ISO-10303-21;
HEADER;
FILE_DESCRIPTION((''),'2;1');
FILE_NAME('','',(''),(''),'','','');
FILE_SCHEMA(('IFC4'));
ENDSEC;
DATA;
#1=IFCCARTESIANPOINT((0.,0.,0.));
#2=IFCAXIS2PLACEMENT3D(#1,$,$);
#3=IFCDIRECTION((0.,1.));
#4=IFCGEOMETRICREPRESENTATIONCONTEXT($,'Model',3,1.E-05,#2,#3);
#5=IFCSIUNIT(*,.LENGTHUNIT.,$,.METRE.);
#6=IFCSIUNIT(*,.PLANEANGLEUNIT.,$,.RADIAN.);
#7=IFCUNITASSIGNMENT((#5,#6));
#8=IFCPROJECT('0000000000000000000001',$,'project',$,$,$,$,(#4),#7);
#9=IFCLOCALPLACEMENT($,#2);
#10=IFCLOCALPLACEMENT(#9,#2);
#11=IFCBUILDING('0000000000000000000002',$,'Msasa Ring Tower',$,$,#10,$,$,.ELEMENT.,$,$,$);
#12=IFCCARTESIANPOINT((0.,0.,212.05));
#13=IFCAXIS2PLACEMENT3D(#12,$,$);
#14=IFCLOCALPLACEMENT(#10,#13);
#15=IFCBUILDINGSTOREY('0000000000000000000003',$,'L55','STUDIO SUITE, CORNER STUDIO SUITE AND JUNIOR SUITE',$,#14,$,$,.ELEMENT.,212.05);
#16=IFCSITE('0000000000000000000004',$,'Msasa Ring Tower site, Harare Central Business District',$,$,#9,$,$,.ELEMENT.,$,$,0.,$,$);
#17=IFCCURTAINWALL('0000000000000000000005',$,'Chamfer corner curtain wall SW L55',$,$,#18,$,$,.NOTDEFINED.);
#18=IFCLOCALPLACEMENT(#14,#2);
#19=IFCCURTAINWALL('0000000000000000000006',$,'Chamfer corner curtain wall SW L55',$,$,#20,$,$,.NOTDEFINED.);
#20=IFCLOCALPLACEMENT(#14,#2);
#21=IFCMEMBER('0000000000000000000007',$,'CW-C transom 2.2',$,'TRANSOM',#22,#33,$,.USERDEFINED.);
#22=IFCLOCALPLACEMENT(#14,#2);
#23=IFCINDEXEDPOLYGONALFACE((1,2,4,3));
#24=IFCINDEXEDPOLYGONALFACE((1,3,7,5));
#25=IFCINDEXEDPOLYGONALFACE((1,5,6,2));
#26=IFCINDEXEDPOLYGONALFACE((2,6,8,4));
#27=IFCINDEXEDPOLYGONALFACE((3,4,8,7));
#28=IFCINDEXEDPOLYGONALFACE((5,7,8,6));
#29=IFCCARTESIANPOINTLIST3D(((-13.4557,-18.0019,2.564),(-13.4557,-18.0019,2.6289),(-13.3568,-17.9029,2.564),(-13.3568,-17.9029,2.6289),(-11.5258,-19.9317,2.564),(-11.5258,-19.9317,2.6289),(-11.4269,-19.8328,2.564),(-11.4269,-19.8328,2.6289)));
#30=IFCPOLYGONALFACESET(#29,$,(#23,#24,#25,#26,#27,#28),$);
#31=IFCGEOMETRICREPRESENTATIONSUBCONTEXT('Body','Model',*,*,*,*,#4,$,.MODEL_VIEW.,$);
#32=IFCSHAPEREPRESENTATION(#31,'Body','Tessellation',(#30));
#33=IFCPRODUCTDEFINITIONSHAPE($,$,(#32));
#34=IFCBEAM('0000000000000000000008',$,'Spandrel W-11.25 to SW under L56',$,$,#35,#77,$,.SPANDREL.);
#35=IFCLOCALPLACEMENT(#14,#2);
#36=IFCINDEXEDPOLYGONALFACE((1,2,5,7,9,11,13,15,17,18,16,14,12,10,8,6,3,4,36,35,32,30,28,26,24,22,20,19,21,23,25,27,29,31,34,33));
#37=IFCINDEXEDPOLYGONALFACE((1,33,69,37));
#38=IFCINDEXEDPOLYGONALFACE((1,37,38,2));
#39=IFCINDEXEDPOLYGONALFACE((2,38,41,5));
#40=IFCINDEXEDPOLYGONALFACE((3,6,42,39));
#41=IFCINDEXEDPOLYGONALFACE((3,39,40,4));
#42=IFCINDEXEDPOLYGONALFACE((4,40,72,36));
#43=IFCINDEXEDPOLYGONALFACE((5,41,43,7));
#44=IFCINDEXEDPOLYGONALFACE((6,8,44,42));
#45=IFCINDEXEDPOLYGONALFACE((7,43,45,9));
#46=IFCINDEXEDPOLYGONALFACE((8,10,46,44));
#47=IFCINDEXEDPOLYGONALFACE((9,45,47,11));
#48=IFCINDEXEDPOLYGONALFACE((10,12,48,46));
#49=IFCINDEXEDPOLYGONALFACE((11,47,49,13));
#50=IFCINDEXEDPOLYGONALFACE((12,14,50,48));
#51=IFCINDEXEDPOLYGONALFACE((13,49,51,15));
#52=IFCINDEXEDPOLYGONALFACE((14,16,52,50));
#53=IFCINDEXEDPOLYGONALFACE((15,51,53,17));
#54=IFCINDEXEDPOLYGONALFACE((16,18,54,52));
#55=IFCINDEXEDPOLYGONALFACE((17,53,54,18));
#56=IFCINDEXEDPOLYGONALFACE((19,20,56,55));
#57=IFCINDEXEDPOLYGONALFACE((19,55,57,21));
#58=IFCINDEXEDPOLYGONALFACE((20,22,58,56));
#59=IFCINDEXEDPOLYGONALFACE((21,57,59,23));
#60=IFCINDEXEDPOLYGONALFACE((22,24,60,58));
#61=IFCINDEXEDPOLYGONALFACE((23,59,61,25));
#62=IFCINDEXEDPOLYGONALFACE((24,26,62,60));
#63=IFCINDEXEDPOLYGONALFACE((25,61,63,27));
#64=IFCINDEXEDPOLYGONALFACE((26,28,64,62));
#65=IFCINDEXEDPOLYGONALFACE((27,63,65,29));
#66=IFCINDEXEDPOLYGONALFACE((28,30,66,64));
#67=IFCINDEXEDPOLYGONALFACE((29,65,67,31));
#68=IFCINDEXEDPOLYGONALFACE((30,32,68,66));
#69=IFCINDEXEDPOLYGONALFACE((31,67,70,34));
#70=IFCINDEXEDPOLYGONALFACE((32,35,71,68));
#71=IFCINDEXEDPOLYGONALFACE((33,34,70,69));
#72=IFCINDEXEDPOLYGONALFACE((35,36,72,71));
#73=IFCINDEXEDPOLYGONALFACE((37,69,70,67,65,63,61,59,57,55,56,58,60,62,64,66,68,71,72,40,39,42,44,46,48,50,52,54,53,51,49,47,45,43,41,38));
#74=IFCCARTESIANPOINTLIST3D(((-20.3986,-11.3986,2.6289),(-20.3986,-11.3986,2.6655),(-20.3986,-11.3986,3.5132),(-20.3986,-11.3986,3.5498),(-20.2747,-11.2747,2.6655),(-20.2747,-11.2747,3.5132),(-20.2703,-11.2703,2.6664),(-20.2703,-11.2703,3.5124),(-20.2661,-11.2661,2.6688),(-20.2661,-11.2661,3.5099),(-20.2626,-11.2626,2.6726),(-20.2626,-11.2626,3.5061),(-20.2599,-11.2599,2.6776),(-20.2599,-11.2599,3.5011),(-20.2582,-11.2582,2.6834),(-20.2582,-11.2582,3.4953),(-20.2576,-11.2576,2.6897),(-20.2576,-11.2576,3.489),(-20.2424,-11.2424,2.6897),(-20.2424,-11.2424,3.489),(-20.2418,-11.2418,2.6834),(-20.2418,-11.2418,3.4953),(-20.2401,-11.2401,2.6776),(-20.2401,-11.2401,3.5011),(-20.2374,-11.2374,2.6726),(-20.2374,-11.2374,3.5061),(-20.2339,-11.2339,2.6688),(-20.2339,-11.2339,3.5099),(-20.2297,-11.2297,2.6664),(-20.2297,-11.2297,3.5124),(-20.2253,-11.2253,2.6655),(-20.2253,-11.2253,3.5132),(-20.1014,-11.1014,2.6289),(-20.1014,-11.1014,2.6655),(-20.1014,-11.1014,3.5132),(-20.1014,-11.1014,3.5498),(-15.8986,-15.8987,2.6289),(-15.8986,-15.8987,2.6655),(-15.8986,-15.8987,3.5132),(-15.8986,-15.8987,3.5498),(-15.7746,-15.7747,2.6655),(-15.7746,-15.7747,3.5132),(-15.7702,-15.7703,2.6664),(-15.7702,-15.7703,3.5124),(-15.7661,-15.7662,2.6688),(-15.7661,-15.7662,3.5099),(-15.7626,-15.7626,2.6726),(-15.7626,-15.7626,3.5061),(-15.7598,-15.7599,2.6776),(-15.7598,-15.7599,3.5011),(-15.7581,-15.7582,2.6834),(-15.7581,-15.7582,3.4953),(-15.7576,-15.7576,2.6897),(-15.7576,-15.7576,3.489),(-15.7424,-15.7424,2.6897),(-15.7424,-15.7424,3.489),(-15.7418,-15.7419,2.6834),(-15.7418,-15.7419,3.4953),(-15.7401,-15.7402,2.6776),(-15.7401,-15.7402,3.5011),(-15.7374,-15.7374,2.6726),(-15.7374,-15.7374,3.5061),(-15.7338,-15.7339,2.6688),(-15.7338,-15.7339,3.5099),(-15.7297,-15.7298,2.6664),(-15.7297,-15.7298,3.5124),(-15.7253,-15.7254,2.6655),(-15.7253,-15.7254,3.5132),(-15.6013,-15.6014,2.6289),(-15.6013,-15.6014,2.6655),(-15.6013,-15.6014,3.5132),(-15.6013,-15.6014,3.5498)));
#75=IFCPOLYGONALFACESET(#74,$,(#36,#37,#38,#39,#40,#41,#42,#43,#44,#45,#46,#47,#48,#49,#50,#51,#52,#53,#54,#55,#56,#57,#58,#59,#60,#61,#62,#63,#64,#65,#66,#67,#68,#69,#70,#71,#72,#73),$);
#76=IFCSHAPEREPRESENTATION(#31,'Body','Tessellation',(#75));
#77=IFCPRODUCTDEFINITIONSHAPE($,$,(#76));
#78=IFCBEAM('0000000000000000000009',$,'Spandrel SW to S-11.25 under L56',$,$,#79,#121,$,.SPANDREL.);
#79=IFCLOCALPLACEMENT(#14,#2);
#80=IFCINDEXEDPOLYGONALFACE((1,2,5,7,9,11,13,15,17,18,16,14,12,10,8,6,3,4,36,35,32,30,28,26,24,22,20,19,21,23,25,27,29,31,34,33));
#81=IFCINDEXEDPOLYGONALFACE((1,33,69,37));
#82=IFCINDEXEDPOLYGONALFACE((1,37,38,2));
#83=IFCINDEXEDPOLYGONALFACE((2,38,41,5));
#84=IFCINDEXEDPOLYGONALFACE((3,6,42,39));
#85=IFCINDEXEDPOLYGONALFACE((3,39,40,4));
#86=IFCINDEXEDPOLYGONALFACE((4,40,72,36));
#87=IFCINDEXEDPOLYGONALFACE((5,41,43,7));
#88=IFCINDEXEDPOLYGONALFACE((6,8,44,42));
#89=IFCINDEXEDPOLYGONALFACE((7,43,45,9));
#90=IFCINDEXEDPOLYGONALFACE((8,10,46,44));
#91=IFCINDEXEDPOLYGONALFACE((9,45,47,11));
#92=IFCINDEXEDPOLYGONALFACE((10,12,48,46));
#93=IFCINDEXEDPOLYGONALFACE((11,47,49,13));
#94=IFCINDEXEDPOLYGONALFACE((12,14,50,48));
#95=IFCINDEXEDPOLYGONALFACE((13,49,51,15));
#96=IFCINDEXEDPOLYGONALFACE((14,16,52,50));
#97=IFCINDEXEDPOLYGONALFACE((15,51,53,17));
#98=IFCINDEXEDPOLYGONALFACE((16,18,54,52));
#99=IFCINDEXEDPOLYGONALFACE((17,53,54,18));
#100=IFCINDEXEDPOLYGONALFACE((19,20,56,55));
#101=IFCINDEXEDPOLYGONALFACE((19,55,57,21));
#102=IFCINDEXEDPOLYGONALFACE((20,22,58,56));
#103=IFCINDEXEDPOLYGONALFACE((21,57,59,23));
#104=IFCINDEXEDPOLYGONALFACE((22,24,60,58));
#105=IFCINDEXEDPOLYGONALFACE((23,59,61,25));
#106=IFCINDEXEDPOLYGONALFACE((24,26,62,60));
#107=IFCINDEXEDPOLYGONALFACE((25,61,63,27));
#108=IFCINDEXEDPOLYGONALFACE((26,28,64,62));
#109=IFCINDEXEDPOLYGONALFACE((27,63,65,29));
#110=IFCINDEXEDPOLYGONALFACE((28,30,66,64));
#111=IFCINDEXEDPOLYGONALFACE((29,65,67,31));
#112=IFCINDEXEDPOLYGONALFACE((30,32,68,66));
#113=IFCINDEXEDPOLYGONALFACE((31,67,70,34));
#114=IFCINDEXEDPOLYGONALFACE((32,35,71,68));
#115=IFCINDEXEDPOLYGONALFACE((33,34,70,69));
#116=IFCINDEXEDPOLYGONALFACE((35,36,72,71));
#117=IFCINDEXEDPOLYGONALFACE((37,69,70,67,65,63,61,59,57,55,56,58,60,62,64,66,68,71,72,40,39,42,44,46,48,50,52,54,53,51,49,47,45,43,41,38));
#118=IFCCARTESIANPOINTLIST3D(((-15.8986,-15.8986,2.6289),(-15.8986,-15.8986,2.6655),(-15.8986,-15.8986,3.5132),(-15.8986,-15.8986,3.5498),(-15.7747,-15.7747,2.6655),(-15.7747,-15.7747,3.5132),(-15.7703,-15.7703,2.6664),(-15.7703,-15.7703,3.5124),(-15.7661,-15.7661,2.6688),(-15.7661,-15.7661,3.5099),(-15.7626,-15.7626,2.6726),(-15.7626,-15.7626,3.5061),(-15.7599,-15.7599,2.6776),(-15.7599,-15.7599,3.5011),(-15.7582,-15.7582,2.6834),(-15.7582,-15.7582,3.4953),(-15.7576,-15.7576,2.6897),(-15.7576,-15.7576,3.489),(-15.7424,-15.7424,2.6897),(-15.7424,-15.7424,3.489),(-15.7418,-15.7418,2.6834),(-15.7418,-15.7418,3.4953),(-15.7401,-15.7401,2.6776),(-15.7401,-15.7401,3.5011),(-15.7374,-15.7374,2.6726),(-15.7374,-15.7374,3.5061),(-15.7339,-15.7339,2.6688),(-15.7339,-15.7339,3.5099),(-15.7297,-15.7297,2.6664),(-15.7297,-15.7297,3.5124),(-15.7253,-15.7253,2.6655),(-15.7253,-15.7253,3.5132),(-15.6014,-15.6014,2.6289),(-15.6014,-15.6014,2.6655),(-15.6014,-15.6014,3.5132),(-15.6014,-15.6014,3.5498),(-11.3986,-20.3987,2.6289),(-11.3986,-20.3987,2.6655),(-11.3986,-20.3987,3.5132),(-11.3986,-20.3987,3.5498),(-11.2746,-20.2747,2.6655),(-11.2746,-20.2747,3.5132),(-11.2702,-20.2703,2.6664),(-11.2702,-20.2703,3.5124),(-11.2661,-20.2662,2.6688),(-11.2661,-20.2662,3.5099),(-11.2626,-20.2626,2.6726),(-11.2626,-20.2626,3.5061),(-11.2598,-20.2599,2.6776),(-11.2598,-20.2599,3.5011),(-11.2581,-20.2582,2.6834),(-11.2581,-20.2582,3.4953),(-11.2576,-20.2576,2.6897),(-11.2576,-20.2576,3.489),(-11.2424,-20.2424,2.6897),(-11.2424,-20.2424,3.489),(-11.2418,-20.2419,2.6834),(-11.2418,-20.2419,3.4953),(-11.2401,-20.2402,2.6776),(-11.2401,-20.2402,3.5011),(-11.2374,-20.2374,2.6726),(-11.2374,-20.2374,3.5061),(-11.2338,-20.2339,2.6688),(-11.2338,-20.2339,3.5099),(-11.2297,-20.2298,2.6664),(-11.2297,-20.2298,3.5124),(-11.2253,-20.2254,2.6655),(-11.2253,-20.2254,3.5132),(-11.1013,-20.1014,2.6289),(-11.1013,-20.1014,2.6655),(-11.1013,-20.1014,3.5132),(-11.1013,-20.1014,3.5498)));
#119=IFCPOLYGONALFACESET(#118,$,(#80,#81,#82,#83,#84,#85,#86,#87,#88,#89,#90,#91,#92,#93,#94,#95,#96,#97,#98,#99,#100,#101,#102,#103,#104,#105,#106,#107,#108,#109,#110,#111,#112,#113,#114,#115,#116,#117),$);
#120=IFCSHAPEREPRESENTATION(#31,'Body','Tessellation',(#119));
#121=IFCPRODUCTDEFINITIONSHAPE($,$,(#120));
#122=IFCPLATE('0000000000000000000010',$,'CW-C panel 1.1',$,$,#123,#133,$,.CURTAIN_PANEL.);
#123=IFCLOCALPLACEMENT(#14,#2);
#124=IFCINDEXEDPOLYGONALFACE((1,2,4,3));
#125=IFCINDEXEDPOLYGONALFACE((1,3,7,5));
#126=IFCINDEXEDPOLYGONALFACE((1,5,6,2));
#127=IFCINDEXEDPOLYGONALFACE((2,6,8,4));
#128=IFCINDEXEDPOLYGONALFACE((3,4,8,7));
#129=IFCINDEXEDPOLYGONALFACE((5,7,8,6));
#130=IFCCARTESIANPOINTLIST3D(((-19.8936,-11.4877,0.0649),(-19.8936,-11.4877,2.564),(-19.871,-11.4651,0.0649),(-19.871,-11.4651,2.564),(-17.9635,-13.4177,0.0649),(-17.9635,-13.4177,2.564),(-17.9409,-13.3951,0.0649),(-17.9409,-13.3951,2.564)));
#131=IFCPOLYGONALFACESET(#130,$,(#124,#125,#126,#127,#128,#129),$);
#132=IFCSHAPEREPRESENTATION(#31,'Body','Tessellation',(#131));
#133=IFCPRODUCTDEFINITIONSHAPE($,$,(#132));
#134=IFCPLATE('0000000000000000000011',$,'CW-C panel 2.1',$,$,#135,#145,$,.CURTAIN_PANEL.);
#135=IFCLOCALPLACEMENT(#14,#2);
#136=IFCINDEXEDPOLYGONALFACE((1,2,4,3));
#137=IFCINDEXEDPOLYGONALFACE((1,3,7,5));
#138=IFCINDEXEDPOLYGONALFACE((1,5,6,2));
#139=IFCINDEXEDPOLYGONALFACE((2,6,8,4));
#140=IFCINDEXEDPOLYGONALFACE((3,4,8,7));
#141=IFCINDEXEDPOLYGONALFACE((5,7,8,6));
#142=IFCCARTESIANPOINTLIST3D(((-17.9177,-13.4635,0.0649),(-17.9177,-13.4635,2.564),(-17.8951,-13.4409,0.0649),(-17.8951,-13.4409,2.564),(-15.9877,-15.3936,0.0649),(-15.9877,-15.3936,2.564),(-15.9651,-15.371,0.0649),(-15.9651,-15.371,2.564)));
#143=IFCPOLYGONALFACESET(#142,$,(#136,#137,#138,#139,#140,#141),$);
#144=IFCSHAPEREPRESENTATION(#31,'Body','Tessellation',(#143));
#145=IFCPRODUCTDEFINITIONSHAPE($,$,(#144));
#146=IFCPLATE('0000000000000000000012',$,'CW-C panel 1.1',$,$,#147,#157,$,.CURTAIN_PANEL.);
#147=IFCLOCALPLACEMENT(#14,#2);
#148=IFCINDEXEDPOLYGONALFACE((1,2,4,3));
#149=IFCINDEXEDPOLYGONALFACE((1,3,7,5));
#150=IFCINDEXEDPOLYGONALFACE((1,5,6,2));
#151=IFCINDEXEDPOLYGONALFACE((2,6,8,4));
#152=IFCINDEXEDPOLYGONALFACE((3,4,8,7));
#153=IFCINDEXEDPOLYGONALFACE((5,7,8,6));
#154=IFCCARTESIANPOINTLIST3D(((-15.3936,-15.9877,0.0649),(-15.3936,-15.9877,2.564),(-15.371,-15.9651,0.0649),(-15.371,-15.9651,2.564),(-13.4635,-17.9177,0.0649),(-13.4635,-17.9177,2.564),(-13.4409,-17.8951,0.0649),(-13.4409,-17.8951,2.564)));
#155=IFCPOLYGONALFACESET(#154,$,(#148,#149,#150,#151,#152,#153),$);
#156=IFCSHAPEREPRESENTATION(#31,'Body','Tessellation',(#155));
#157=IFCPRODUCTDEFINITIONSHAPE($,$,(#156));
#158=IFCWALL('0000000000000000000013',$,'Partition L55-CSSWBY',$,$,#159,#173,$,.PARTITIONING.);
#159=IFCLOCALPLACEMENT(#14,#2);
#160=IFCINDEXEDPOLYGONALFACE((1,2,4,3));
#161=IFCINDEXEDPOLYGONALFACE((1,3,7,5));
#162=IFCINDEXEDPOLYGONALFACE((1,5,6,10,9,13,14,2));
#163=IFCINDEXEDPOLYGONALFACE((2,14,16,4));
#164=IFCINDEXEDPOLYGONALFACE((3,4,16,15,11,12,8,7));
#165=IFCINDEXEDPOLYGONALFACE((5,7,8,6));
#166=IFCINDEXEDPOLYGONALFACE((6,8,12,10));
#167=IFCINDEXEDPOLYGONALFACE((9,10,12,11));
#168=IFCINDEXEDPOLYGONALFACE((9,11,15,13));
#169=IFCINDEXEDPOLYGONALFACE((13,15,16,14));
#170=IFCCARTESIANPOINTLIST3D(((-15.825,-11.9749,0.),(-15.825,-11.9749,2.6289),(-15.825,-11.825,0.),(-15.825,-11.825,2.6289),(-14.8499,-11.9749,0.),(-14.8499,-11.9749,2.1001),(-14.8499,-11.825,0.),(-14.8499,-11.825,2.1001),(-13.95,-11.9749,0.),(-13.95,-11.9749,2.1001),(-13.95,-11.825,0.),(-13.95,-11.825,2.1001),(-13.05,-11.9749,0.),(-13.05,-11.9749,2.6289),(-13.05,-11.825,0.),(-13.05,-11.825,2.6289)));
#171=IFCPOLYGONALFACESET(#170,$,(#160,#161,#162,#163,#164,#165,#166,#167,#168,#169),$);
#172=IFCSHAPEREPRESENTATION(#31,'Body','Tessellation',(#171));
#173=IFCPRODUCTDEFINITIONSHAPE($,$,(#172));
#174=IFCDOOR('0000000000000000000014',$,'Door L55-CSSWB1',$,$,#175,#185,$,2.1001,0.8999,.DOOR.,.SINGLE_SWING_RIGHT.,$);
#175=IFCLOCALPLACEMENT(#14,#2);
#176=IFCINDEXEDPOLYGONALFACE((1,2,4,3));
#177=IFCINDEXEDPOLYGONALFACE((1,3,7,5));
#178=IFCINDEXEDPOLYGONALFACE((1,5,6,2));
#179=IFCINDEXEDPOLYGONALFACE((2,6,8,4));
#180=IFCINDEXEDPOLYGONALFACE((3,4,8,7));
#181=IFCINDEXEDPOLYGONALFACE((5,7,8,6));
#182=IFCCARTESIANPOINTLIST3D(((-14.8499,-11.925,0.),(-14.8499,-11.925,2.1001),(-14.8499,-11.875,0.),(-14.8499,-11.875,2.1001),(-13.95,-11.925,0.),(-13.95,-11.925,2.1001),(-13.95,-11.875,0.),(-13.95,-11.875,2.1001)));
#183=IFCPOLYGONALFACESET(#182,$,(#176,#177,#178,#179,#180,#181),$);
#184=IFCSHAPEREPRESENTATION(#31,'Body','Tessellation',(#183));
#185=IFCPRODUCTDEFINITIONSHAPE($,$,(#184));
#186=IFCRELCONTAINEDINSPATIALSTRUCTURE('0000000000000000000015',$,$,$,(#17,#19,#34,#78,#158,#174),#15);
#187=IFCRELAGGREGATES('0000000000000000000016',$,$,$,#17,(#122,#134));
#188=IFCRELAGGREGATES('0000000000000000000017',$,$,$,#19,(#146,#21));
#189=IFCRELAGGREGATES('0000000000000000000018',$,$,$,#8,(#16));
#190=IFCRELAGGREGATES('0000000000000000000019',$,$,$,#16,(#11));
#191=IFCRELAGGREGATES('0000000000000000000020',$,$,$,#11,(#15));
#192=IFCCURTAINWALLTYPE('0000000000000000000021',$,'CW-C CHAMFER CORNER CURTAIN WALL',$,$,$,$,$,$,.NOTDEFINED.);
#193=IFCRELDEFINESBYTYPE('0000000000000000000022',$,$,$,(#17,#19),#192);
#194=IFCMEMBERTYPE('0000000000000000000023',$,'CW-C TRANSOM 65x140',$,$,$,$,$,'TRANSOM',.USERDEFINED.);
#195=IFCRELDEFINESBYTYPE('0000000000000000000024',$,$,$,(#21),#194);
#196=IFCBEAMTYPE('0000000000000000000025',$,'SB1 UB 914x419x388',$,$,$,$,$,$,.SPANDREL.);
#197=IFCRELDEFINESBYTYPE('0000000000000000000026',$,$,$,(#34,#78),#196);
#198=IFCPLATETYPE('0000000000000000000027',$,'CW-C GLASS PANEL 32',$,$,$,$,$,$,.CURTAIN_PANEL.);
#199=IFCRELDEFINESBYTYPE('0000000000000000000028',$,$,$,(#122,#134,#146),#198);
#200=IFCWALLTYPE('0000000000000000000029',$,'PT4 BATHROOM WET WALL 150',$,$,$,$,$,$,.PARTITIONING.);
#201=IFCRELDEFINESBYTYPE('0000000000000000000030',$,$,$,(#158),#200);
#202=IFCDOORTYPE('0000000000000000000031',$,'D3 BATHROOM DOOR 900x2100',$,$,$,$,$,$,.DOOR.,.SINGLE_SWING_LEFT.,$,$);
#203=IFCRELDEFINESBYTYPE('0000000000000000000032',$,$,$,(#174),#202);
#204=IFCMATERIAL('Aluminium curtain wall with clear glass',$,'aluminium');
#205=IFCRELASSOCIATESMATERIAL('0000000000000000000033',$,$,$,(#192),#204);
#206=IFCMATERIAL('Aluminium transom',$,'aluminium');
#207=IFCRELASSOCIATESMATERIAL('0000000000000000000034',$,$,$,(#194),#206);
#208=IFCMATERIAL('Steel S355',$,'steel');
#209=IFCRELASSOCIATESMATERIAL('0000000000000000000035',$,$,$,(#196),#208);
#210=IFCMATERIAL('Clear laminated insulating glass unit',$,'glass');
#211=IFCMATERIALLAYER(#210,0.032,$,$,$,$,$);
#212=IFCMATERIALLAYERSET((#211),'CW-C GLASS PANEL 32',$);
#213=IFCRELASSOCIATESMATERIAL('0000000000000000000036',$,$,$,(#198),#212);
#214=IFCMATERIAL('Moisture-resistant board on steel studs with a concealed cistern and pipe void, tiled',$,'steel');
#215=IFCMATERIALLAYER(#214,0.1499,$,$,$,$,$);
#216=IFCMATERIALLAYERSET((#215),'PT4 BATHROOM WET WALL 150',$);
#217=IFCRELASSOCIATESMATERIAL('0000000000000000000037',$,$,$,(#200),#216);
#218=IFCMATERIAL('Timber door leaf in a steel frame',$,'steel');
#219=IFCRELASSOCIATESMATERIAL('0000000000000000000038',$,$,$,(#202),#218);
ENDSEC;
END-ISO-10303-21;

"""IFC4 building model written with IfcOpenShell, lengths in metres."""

from ifc_helpers import new_model, si_unit, direction, frame, frame_2d, origin, origin_2d, place, context, subcontext, project, spatial, rectangle, i_section, extrude, material, layer, layer_set, material_profile, profile_set, type_object, element, fill, aggregate, save


model = new_model("IFC4")

# Units and contexts
model_context = context("Model", 3, precision=1e-05, world=origin(), true_north=direction((0.0, 1.0)))
body_context = subcontext(model_context, "Body", "Model", "MODEL_VIEW")
ifc_project = project(units=[si_unit("LENGTHUNIT", "METRE"), si_unit("PLANEANGLEUNIT", "RADIAN")], contexts=[model_context])

# Site, building, storey
site_placement = place(None, origin())
site = spatial("IfcSite", under=ifc_project, at=site_placement, Name="Msasa Ring Tower site, Harare Central Business District", CompositionType="ELEMENT", RefElevation=0.0)
building_placement = place(site_placement, origin())
building = spatial("IfcBuilding", under=site, at=building_placement, Name="Msasa Ring Tower", CompositionType="ELEMENT")
storey_placement = place(building_placement, frame((0.0, 0.0, 212.05)))
storey = spatial("IfcBuildingStorey", under=building, at=storey_placement, Name="L55", Description="STUDIO SUITE, CORNER STUDIO SUITE AND JUNIOR SUITE", CompositionType="ELEMENT", Elevation=212.05)

# Curtain walls
ifc_material_1 = material(Name="Aluminium curtain wall with clear glass", Category="aluminium")
curtain_wall_type = type_object("IfcCurtainWallType", Name="CW-C CHAMFER CORNER CURTAIN WALL", PredefinedType="NOTDEFINED", material=ifc_material_1)
curtain_wall_1_placement = place(storey_placement, origin())
curtain_wall_1 = element("IfcCurtainWall", 1, at=curtain_wall_1_placement, inside=storey, type_object=curtain_wall_type, Name="Chamfer corner curtain wall SW L55", PredefinedType="NOTDEFINED")
curtain_wall_2_placement = place(storey_placement, origin())
curtain_wall_2 = element("IfcCurtainWall", 2, at=curtain_wall_2_placement, inside=storey, type_object=curtain_wall_type, Name="Chamfer corner curtain wall SW L55", PredefinedType="NOTDEFINED")

# Member
ifc_material_2 = material(Name="Aluminium transom", Category="aluminium")
ifc_material_profile_1 = material_profile(ifc_material_2, rectangle(XDim=0.1399, YDim=0.0649, at=origin_2d()), Name="AL 65x140")
ifc_profile_set_1 = profile_set([ifc_material_profile_1], Name="Aluminium transom")
member_type_1 = type_object("IfcMemberType", Name="CW-C TRANSOM 65x140", ElementType="TRANSOM", PredefinedType="USERDEFINED", material=ifc_profile_set_1)
member_1_placement = place(storey_placement, frame((-13.4062, -17.9524, 2.5964), z_axis=(0.707107, -0.707107, 0.0), x_axis=(0.707107, 0.707107, 0.0)))
member_1 = element("IfcMember", 3, at=member_1_placement, type_object=member_type_1, Name="CW-C transom 2.2", ObjectType="TRANSOM", PredefinedType="USERDEFINED", context=body_context, shape_type="SweptSolid", body=[
    extrude(rectangle(XDim=0.1399, YDim=0.0649, at=origin_2d()), origin(), (0.0, 0.0, 1.0), 2.7292),
])

# Beams
ifc_material_3 = material(Name="Steel S355", Category="steel")
ifc_material_profile_2 = material_profile(ifc_material_3, i_section(OverallWidth=0.4204, OverallDepth=0.9209, WebThickness=0.0215, FlangeThickness=0.0366, FilletRadius=0.0242, at=origin_2d()), Name="UB 914x419x388")
ifc_profile_set_2 = profile_set([ifc_material_profile_2], Name="Steel S355")
beam_type = type_object("IfcBeamType", Name="SB1 UB 914x419x388", PredefinedType="SPANDREL", material=ifc_profile_set_2)
for number, where, z_axis, x_axis, name in (
    (4, (-20.25, -11.25, 3.0894), (0.707107, -0.707107, 0.0), (0.707107, 0.707107, 0.0), "Spandrel W-11.25 to SW under L56"),
    (5, (-15.75, -15.75, 3.0894), (0.707107, -0.707107, 0.0), (0.707107, 0.707107, 0.0), "Spandrel SW to S-11.25 under L56"),
):
    element("IfcBeam", number, at=place(storey_placement, frame(where, z_axis=z_axis, x_axis=x_axis)), inside=storey, type_object=beam_type, Name=name, PredefinedType="SPANDREL", context=body_context, shape_type="SweptSolid", body=[
        extrude(i_section(OverallWidth=0.4204, OverallDepth=0.9209, WebThickness=0.0215, FlangeThickness=0.0366, FilletRadius=0.0242, at=origin_2d()), origin(), (0.0, 0.0, 1.0), 6.364),
    ])

# Plates
ifc_material_4 = material(Name="Clear laminated insulating glass unit", Category="glass")
ifc_layer_1 = layer(ifc_material_4, 0.032)
ifc_layer_set_1 = layer_set([ifc_layer_1], Name="CW-C GLASS PANEL 32")
plate_type = type_object("IfcPlateType", Name="CW-C GLASS PANEL 32", PredefinedType="CURTAIN_PANEL", material=ifc_layer_set_1)
plate_1_placement = place(storey_placement, frame((-18.9172, -12.4414, 0.0649), z_axis=(0.0, 0.0, 1.0), x_axis=(0.707107, -0.707107, 0.0)))
plate_1 = element("IfcPlate", 6, at=plate_1_placement, type_object=plate_type, Name="CW-C panel 1.1", PredefinedType="CURTAIN_PANEL", context=body_context, shape_type="SweptSolid", body=[
    extrude(rectangle(XDim=2.7295, YDim=0.032, at=origin_2d()), origin(), (0.0, 0.0, 1.0), 2.499),
])
plate_2_placement = place(storey_placement, frame((-16.9414, -14.4172, 0.0649), z_axis=(0.0, 0.0, 1.0), x_axis=(0.707107, -0.707107, 0.0)))
plate_2 = element("IfcPlate", 7, at=plate_2_placement, type_object=plate_type, Name="CW-C panel 2.1", PredefinedType="CURTAIN_PANEL", context=body_context, shape_type="SweptSolid", body=[
    extrude(rectangle(XDim=2.7295, YDim=0.032, at=origin_2d()), origin(), (0.0, 0.0, 1.0), 2.499),
])
aggregate(curtain_wall_1, [plate_1, plate_2])
plate_3_placement = place(storey_placement, frame((-14.4172, -16.9414, 0.0649), z_axis=(0.0, 0.0, 1.0), x_axis=(0.707107, -0.707107, 0.0)))
plate_3 = element("IfcPlate", 8, at=plate_3_placement, type_object=plate_type, Name="CW-C panel 1.1", PredefinedType="CURTAIN_PANEL", context=body_context, shape_type="SweptSolid", body=[
    extrude(rectangle(XDim=2.7295, YDim=0.032, at=origin_2d()), origin(), (0.0, 0.0, 1.0), 2.499),
])
aggregate(curtain_wall_2, [plate_3, member_1])

# Wall, opening, door
ifc_material_5 = material(Name="Moisture-resistant board on steel studs with a concealed cistern and pipe void, tiled", Category="steel")
ifc_layer_2 = layer(ifc_material_5, 0.1499)
ifc_layer_set_2 = layer_set([ifc_layer_2], Name="PT4 BATHROOM WET WALL 150")
wall_type = type_object("IfcWallType", Name="PT4 BATHROOM WET WALL 150", PredefinedType="PARTITIONING", material=ifc_layer_set_2)
wall_1_placement = place(storey_placement, frame((-15.825, -11.8999, 0.0), z_axis=(0.0, 0.0, 1.0), x_axis=(1.0, 0.0, 0.0)))
wall_1 = element("IfcWall", 9, at=wall_1_placement, inside=storey, type_object=wall_type, Name="Partition L55-CSSWBY", PredefinedType="PARTITIONING", context=body_context, shape_type="SweptSolid", body=[
    extrude(rectangle(XDim=2.7749, YDim=0.1499, at=frame_2d((1.3875, 0.0))), origin(), (0.0, 0.0, 1.0), 2.6289),
])
opening_placement = place(wall_1_placement, frame((0.9751, 0.0, 0.0)))
opening = element("IfcOpeningElement", 10, at=opening_placement, cuts=wall_1, PredefinedType="OPENING", context=body_context, shape_type="SweptSolid", body=[
    extrude(rectangle(XDim=0.8999, YDim=2.1001, at=frame_2d((0.45, 1.05))), frame((0.0, 0.085, 0.0), z_axis=(0.0, -1.0, 0.0), x_axis=(1.0, 0.0, 0.0)), (0.0, 0.0, 1.0), 0.1699),
])
ifc_material_6 = material(Name="Timber door leaf in a steel frame", Category="steel")
door_type = type_object("IfcDoorType", Name="D3 BATHROOM DOOR 900x2100", OperationType="SINGLE_SWING_LEFT", PredefinedType="DOOR", material=ifc_material_6)
door_placement = place(opening_placement, origin())
door = element("IfcDoor", 11, at=door_placement, inside=storey, type_object=door_type, Name="Door L55-CSSWB1", OperationType="SINGLE_SWING_RIGHT", OverallHeight=2.1001, OverallWidth=0.8999, PredefinedType="DOOR", context=body_context, shape_type="SweptSolid", body=[
    extrude(rectangle(XDim=0.8999, YDim=2.1001, at=frame_2d((0.45, 1.05))), frame((0.0, 0.0249, 0.0), z_axis=(0.0, -1.0, 0.0), x_axis=(1.0, 0.0, 0.0)), (0.0, 0.0, 1.0), 0.05),
])
fill(opening, door)

save(model, "model.ifc")
